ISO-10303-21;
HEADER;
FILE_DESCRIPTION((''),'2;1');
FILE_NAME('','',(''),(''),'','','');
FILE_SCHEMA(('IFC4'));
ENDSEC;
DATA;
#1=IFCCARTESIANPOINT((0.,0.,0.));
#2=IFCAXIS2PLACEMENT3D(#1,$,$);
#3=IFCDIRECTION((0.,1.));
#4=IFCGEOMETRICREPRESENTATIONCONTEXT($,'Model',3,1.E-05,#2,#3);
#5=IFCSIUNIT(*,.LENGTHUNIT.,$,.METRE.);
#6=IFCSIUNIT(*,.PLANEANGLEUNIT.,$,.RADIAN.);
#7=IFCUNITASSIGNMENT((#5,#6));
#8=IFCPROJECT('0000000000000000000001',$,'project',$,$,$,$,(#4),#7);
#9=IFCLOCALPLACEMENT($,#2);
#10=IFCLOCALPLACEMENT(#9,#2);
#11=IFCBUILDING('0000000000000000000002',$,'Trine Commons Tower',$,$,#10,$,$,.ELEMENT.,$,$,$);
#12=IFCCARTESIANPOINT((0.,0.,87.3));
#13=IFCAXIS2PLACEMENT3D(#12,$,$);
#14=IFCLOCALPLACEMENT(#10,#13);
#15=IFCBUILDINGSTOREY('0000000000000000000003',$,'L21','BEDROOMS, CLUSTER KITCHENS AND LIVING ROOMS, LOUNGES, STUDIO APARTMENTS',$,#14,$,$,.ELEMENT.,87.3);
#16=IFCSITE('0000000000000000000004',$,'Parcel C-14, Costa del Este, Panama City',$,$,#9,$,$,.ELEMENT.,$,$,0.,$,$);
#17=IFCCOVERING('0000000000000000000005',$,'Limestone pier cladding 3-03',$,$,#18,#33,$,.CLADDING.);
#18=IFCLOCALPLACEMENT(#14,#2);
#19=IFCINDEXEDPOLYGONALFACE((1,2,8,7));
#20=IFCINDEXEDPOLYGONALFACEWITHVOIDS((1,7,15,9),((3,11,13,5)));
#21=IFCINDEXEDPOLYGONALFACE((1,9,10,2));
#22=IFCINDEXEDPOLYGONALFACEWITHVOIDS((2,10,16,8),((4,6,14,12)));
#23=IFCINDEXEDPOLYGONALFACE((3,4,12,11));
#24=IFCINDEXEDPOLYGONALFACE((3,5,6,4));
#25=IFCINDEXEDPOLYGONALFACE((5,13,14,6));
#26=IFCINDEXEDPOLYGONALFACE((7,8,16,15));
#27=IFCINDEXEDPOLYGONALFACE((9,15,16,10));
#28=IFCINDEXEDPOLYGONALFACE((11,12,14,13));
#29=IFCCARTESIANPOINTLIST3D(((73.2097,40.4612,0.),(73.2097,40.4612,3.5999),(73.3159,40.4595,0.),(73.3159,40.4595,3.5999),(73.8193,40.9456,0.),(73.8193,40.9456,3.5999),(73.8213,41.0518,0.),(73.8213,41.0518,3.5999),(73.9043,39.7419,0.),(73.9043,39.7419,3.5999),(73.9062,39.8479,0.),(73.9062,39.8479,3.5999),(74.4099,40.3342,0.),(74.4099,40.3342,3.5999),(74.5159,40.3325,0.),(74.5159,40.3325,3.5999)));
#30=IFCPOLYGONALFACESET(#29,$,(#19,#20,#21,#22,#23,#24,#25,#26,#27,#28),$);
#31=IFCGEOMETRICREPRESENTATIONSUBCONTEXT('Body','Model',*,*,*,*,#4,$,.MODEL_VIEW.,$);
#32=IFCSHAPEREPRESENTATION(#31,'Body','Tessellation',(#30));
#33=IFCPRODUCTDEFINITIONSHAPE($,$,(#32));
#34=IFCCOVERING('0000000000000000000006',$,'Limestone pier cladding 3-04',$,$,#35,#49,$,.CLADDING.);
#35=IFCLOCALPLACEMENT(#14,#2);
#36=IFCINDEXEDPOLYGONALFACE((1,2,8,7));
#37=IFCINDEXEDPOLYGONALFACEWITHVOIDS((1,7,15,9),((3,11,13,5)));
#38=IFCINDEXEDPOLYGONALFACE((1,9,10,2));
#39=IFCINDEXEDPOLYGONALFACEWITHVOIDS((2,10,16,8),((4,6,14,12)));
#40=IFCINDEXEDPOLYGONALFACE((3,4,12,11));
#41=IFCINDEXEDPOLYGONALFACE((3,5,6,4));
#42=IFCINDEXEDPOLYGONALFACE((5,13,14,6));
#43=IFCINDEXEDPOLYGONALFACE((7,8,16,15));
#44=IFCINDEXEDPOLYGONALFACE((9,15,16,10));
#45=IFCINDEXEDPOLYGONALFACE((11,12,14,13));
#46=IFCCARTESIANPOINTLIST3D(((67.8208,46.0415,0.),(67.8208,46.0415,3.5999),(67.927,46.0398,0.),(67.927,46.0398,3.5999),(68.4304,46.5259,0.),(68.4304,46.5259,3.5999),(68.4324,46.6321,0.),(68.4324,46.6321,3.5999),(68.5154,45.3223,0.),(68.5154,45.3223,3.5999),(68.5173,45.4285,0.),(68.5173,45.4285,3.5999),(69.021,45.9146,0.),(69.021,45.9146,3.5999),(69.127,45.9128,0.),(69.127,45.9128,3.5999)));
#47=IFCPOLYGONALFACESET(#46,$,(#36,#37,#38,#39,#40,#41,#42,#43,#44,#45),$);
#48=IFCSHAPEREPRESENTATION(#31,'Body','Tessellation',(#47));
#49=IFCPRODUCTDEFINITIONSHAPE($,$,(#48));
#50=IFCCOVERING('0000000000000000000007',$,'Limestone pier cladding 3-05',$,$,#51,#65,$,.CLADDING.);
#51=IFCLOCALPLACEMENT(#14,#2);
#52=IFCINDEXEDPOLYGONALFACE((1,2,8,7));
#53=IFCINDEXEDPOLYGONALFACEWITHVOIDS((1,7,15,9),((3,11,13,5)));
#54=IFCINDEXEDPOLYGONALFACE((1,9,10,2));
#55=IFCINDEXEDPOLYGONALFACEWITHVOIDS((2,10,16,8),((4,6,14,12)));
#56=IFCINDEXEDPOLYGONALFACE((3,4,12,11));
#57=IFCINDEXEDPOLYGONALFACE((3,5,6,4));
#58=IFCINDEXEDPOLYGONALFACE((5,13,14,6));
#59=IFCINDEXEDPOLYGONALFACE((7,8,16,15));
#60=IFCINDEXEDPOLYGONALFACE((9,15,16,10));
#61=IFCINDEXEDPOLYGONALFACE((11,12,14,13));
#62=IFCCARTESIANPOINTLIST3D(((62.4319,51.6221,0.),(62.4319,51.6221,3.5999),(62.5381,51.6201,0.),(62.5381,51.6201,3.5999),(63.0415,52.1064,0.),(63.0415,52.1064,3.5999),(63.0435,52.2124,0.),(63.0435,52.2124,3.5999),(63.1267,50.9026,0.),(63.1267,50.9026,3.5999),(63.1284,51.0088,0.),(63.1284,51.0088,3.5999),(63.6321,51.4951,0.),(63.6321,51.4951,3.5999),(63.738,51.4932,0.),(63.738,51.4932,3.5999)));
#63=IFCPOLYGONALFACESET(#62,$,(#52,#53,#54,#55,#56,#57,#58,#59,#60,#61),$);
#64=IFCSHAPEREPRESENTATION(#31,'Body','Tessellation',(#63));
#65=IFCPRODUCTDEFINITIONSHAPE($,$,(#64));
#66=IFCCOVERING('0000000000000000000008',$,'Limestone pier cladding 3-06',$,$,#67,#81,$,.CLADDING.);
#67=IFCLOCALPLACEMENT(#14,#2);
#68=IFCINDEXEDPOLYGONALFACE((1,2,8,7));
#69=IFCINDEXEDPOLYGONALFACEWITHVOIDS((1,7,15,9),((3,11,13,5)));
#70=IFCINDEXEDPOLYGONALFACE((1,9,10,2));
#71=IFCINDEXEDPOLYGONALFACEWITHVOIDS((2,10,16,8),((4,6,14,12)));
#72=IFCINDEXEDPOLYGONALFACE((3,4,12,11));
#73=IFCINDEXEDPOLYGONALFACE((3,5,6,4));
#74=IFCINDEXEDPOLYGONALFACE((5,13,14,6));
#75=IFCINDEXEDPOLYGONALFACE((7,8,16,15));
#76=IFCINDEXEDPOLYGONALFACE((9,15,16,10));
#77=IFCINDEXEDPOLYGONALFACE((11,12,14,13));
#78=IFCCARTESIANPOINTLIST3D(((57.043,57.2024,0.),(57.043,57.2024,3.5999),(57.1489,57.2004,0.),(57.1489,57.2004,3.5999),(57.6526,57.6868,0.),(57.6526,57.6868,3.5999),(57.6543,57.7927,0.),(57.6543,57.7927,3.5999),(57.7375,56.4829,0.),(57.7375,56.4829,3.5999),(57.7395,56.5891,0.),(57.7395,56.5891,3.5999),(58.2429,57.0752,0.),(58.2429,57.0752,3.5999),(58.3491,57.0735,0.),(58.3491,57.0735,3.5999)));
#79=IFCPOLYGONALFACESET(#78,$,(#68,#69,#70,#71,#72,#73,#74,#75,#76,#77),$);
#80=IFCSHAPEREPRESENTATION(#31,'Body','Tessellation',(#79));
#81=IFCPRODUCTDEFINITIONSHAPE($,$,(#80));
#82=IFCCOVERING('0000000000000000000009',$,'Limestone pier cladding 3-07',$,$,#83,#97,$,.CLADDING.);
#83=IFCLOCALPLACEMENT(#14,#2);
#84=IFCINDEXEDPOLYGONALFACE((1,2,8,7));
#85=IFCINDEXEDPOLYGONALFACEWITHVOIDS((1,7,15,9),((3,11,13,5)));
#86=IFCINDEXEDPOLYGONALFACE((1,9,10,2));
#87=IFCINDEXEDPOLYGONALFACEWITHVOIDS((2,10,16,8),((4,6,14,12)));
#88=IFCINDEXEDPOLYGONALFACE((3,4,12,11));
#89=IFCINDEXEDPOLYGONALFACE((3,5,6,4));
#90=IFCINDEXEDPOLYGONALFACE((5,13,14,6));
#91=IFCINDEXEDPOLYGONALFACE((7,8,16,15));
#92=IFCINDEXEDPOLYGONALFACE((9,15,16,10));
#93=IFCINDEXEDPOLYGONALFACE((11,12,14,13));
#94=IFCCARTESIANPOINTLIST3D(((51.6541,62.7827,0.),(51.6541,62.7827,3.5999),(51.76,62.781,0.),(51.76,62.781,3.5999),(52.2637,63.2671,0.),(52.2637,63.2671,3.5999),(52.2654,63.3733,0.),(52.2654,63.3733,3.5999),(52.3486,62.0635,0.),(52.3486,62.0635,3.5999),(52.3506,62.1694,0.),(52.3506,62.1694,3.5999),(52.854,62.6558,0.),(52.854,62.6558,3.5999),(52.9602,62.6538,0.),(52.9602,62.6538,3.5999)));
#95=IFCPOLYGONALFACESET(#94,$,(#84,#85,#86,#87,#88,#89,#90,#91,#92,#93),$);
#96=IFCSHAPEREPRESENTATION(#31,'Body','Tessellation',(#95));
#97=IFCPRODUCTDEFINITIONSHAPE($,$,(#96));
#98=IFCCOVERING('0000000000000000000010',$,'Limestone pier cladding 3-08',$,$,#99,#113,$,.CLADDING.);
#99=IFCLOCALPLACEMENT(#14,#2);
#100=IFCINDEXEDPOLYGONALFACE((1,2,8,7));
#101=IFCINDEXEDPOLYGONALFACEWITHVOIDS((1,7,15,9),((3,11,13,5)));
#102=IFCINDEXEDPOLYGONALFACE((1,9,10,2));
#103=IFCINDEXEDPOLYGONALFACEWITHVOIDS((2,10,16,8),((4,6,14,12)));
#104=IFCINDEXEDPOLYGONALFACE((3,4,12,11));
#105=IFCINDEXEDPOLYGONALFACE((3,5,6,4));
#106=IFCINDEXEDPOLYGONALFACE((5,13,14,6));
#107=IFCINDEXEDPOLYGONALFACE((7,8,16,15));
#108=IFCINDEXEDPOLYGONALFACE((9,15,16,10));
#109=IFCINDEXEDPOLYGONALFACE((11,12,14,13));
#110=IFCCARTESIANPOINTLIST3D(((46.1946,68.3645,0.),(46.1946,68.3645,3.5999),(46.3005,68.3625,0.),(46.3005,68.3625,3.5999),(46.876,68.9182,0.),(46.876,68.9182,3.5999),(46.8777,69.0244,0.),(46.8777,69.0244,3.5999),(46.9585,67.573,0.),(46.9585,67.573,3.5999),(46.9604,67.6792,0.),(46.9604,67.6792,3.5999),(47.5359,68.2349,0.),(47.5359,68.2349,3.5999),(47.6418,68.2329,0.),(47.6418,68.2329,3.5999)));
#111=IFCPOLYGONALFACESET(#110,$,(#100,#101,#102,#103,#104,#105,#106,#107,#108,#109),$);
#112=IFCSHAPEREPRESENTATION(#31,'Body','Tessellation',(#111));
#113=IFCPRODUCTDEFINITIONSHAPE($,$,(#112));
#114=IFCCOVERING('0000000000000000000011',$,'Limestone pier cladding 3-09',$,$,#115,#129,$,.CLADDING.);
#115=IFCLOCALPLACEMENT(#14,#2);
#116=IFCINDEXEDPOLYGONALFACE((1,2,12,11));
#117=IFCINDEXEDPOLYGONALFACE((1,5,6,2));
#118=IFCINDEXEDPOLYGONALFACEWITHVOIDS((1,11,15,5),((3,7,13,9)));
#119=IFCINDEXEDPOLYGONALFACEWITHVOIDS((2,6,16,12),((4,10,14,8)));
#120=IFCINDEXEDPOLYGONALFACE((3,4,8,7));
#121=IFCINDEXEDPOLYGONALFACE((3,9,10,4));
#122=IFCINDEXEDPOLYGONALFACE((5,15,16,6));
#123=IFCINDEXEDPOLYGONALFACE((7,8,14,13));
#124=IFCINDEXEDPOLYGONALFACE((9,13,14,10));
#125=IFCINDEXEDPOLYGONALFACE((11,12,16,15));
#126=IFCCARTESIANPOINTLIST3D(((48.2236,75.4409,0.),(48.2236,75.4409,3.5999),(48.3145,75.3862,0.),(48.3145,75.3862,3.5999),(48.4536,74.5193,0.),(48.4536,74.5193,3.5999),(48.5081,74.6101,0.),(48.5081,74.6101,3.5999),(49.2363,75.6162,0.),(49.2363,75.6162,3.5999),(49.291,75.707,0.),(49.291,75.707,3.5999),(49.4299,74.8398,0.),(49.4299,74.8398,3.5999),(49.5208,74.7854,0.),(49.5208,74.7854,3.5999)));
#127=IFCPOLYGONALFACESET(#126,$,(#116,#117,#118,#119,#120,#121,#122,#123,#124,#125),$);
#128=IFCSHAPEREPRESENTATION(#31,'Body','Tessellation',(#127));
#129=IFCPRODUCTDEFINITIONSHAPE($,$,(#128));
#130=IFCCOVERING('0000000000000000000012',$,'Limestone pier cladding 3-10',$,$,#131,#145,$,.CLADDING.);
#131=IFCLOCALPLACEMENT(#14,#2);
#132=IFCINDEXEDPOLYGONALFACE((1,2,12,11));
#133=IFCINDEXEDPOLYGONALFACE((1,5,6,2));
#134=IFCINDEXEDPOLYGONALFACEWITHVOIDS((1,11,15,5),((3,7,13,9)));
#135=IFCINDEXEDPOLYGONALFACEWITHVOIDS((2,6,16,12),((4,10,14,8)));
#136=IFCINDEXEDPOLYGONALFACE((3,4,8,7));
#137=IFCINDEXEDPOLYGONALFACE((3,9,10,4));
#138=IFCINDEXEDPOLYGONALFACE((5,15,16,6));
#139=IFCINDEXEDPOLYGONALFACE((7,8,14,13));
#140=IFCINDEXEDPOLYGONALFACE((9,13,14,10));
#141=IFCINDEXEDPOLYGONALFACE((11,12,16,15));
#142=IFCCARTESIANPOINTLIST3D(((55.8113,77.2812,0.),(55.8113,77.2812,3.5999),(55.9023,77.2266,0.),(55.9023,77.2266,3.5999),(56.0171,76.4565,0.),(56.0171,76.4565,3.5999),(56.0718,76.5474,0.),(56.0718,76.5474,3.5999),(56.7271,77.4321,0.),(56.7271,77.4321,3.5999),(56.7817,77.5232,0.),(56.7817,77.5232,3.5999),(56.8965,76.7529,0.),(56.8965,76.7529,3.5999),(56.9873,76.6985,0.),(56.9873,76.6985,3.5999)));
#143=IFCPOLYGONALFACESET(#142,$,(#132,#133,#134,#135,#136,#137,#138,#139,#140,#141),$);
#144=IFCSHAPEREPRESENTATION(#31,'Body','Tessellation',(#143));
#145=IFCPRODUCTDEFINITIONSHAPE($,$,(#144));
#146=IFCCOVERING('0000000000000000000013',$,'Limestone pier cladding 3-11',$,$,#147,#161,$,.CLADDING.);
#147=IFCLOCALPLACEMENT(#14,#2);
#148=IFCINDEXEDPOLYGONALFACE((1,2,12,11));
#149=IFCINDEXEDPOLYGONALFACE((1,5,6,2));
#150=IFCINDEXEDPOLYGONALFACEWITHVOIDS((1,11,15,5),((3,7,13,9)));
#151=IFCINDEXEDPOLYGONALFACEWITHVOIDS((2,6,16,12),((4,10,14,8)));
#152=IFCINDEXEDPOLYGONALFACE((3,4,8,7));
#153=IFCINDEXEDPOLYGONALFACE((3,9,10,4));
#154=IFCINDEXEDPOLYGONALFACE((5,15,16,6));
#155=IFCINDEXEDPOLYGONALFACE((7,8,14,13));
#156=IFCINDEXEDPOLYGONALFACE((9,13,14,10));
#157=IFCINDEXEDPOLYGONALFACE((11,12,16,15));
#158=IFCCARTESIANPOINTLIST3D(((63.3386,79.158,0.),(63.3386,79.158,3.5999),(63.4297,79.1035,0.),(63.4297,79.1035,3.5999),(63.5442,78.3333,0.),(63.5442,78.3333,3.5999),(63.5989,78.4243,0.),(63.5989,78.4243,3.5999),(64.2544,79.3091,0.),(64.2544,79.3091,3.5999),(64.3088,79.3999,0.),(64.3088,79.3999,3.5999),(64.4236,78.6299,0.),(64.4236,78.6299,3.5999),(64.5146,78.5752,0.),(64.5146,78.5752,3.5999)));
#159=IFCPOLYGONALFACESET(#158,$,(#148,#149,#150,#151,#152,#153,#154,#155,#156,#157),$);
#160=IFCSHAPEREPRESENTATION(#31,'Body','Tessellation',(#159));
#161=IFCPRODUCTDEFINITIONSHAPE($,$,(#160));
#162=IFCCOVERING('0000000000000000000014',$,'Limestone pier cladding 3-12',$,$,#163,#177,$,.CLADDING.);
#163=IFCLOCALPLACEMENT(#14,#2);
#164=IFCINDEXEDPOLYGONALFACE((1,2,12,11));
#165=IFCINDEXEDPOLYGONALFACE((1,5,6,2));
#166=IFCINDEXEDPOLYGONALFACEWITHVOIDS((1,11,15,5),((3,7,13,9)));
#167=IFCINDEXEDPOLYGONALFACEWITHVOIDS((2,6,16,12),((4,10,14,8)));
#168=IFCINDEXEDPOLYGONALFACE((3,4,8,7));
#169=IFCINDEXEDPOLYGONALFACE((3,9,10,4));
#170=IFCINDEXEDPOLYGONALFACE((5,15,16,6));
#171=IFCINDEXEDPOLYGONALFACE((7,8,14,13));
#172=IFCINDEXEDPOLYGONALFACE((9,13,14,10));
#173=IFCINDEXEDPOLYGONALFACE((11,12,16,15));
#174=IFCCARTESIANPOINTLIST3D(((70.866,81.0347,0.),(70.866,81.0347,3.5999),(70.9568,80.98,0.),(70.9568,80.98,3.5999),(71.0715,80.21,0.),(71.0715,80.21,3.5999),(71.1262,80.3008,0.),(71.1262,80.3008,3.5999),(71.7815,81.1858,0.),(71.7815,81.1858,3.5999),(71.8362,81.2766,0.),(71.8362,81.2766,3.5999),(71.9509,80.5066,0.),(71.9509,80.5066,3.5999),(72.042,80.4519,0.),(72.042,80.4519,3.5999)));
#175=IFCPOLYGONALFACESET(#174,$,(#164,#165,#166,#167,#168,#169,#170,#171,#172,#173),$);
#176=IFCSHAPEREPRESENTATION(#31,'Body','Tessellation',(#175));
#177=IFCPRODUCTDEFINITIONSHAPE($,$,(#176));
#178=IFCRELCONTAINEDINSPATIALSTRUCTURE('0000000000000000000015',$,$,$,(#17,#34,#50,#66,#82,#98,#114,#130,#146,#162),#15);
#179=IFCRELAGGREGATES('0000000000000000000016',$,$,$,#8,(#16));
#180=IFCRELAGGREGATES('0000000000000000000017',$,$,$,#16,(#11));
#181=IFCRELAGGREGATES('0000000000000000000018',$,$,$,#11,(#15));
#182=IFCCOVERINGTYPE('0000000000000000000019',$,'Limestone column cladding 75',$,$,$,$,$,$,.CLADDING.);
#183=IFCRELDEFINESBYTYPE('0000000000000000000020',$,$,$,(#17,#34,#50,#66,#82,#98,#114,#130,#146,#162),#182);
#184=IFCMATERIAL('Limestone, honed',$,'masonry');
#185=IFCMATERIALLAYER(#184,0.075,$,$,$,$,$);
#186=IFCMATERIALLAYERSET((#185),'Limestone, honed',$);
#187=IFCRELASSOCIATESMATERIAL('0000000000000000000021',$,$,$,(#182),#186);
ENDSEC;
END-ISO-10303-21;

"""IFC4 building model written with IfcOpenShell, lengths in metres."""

from ifc_helpers import new_model, si_unit, direction, frame, origin, place, context, subcontext, project, spatial, polyline, outline, extrude, material, layer, layer_set, type_object, element, save


model = new_model("IFC4")

# Units and contexts
model_context = context("Model", 3, precision=1e-05, world=origin(), true_north=direction((0.0, 1.0)))
body_context = subcontext(model_context, "Body", "Model", "MODEL_VIEW")
ifc_project = project(units=[si_unit("LENGTHUNIT", "METRE"), si_unit("PLANEANGLEUNIT", "RADIAN")], contexts=[model_context])

# Site, building, storey
site_placement = place(None, origin())
site = spatial("IfcSite", under=ifc_project, at=site_placement, Name="Parcel C-14, Costa del Este, Panama City", CompositionType="ELEMENT", RefElevation=0.0)
building_placement = place(site_placement, origin())
building = spatial("IfcBuilding", under=site, at=building_placement, Name="Trine Commons Tower", CompositionType="ELEMENT")
storey_placement = place(building_placement, frame((0.0, 0.0, 87.3)))
storey = spatial("IfcBuildingStorey", under=building, at=storey_placement, Name="L21", Description="BEDROOMS, CLUSTER KITCHENS AND LIVING ROOMS, LOUNGES, STUDIO APARTMENTS", CompositionType="ELEMENT", Elevation=87.3)

# Coverings
ifc_material_1 = material(Name="Limestone, honed", Category="masonry")
ifc_layer_1 = layer(ifc_material_1, 0.075)
ifc_layer_set_1 = layer_set([ifc_layer_1], Name="Limestone, honed")
covering_type = type_object("IfcCoveringType", Name="Limestone column cladding 75", PredefinedType="CLADDING", material=ifc_layer_set_1)
covering_1_placement = place(storey_placement, origin())
element("IfcCovering", 1, at=covering_1_placement, inside=storey, type_object=covering_type, Name="Limestone pier cladding 3-03", PredefinedType="CLADDING", context=body_context, shape_type="SweptSolid", body=[
    extrude(outline(polyline([(73.8213, 41.0518), (73.2097, 40.4612), (73.9043, 39.7419), (74.5159, 40.3325), (73.8213, 41.0518)]), holes=[polyline([(73.8193, 40.9456), (73.3159, 40.4595), (73.9062, 39.8479), (74.4099, 40.3342), (73.8193, 40.9456)])]), origin(), (0.0, 0.0, 1.0), 3.5999),
])
covering_2_placement = place(storey_placement, origin())
element("IfcCovering", 2, at=covering_2_placement, inside=storey, type_object=covering_type, Name="Limestone pier cladding 3-04", PredefinedType="CLADDING", context=body_context, shape_type="SweptSolid", body=[
    extrude(outline(polyline([(68.4324, 46.6321), (67.8208, 46.0415), (68.5154, 45.3223), (69.127, 45.9128), (68.4324, 46.6321)]), holes=[polyline([(68.4304, 46.5259), (67.927, 46.0398), (68.5173, 45.4285), (69.021, 45.9146), (68.4304, 46.5259)])]), origin(), (0.0, 0.0, 1.0), 3.5999),
])
covering_3_placement = place(storey_placement, origin())
element("IfcCovering", 3, at=covering_3_placement, inside=storey, type_object=covering_type, Name="Limestone pier cladding 3-05", PredefinedType="CLADDING", context=body_context, shape_type="SweptSolid", body=[
    extrude(outline(polyline([(63.0435, 52.2124), (62.4319, 51.6221), (63.1267, 50.9026), (63.738, 51.4932), (63.0435, 52.2124)]), holes=[polyline([(63.0415, 52.1064), (62.5381, 51.6201), (63.1284, 51.0088), (63.6321, 51.4951), (63.0415, 52.1064)])]), origin(), (0.0, 0.0, 1.0), 3.5999),
])
covering_4_placement = place(storey_placement, origin())
element("IfcCovering", 4, at=covering_4_placement, inside=storey, type_object=covering_type, Name="Limestone pier cladding 3-06", PredefinedType="CLADDING", context=body_context, shape_type="SweptSolid", body=[
    extrude(outline(polyline([(57.6543, 57.7927), (57.043, 57.2024), (57.7375, 56.4829), (58.3491, 57.0735), (57.6543, 57.7927)]), holes=[polyline([(57.6526, 57.6868), (57.1489, 57.2004), (57.7395, 56.5891), (58.2429, 57.0752), (57.6526, 57.6868)])]), origin(), (0.0, 0.0, 1.0), 3.5999),
])
covering_5_placement = place(storey_placement, origin())
element("IfcCovering", 5, at=covering_5_placement, inside=storey, type_object=covering_type, Name="Limestone pier cladding 3-07", PredefinedType="CLADDING", context=body_context, shape_type="SweptSolid", body=[
    extrude(outline(polyline([(52.2654, 63.3733), (51.6541, 62.7827), (52.3486, 62.0635), (52.9602, 62.6538), (52.2654, 63.3733)]), holes=[polyline([(52.2637, 63.2671), (51.76, 62.781), (52.3506, 62.1694), (52.854, 62.6558), (52.2637, 63.2671)])]), origin(), (0.0, 0.0, 1.0), 3.5999),
])
covering_6_placement = place(storey_placement, origin())
element("IfcCovering", 6, at=covering_6_placement, inside=storey, type_object=covering_type, Name="Limestone pier cladding 3-08", PredefinedType="CLADDING", context=body_context, shape_type="SweptSolid", body=[
    extrude(outline(polyline([(46.8777, 69.0244), (46.1946, 68.3645), (46.9585, 67.573), (47.6418, 68.2329), (46.8777, 69.0244)]), holes=[polyline([(46.876, 68.9182), (46.3005, 68.3625), (46.9604, 67.6792), (47.5359, 68.2349), (46.876, 68.9182)])]), origin(), (0.0, 0.0, 1.0), 3.5999),
])
covering_7_placement = place(storey_placement, origin())
element("IfcCovering", 7, at=covering_7_placement, inside=storey, type_object=covering_type, Name="Limestone pier cladding 3-09", PredefinedType="CLADDING", context=body_context, shape_type="SweptSolid", body=[
    extrude(outline(polyline([(49.5208, 74.7854), (49.291, 75.707), (48.2236, 75.4409), (48.4536, 74.5193), (49.5208, 74.7854)]), holes=[polyline([(49.4299, 74.8398), (49.2363, 75.6162), (48.3145, 75.3862), (48.5081, 74.6101), (49.4299, 74.8398)])]), origin(), (0.0, 0.0, 1.0), 3.5999),
])
covering_8_placement = place(storey_placement, origin())
element("IfcCovering", 8, at=covering_8_placement, inside=storey, type_object=covering_type, Name="Limestone pier cladding 3-10", PredefinedType="CLADDING", context=body_context, shape_type="SweptSolid", body=[
    extrude(outline(polyline([(56.9873, 76.6985), (56.7817, 77.5232), (55.8113, 77.2812), (56.0171, 76.4565), (56.9873, 76.6985)]), holes=[polyline([(56.8965, 76.7529), (56.7271, 77.4321), (55.9023, 77.2266), (56.0718, 76.5474), (56.8965, 76.7529)])]), origin(), (0.0, 0.0, 1.0), 3.5999),
])
covering_9_placement = place(storey_placement, origin())
element("IfcCovering", 9, at=covering_9_placement, inside=storey, type_object=covering_type, Name="Limestone pier cladding 3-11", PredefinedType="CLADDING", context=body_context, shape_type="SweptSolid", body=[
    extrude(outline(polyline([(64.5146, 78.5752), (64.3088, 79.3999), (63.3386, 79.158), (63.5442, 78.3333), (64.5146, 78.5752)]), holes=[polyline([(64.4236, 78.6299), (64.2544, 79.3091), (63.4297, 79.1035), (63.5989, 78.4243), (64.4236, 78.6299)])]), origin(), (0.0, 0.0, 1.0), 3.5999),
])
covering_10_placement = place(storey_placement, origin())
element("IfcCovering", 10, at=covering_10_placement, inside=storey, type_object=covering_type, Name="Limestone pier cladding 3-12", PredefinedType="CLADDING", context=body_context, shape_type="SweptSolid", body=[
    extrude(outline(polyline([(72.042, 80.4519), (71.8362, 81.2766), (70.866, 81.0347), (71.0715, 80.21), (72.042, 80.4519)]), holes=[polyline([(71.9509, 80.5066), (71.7815, 81.1858), (70.9568, 80.98), (71.1262, 80.3008), (71.9509, 80.5066)])]), origin(), (0.0, 0.0, 1.0), 3.5999),
])

save(model, "model.ifc")
